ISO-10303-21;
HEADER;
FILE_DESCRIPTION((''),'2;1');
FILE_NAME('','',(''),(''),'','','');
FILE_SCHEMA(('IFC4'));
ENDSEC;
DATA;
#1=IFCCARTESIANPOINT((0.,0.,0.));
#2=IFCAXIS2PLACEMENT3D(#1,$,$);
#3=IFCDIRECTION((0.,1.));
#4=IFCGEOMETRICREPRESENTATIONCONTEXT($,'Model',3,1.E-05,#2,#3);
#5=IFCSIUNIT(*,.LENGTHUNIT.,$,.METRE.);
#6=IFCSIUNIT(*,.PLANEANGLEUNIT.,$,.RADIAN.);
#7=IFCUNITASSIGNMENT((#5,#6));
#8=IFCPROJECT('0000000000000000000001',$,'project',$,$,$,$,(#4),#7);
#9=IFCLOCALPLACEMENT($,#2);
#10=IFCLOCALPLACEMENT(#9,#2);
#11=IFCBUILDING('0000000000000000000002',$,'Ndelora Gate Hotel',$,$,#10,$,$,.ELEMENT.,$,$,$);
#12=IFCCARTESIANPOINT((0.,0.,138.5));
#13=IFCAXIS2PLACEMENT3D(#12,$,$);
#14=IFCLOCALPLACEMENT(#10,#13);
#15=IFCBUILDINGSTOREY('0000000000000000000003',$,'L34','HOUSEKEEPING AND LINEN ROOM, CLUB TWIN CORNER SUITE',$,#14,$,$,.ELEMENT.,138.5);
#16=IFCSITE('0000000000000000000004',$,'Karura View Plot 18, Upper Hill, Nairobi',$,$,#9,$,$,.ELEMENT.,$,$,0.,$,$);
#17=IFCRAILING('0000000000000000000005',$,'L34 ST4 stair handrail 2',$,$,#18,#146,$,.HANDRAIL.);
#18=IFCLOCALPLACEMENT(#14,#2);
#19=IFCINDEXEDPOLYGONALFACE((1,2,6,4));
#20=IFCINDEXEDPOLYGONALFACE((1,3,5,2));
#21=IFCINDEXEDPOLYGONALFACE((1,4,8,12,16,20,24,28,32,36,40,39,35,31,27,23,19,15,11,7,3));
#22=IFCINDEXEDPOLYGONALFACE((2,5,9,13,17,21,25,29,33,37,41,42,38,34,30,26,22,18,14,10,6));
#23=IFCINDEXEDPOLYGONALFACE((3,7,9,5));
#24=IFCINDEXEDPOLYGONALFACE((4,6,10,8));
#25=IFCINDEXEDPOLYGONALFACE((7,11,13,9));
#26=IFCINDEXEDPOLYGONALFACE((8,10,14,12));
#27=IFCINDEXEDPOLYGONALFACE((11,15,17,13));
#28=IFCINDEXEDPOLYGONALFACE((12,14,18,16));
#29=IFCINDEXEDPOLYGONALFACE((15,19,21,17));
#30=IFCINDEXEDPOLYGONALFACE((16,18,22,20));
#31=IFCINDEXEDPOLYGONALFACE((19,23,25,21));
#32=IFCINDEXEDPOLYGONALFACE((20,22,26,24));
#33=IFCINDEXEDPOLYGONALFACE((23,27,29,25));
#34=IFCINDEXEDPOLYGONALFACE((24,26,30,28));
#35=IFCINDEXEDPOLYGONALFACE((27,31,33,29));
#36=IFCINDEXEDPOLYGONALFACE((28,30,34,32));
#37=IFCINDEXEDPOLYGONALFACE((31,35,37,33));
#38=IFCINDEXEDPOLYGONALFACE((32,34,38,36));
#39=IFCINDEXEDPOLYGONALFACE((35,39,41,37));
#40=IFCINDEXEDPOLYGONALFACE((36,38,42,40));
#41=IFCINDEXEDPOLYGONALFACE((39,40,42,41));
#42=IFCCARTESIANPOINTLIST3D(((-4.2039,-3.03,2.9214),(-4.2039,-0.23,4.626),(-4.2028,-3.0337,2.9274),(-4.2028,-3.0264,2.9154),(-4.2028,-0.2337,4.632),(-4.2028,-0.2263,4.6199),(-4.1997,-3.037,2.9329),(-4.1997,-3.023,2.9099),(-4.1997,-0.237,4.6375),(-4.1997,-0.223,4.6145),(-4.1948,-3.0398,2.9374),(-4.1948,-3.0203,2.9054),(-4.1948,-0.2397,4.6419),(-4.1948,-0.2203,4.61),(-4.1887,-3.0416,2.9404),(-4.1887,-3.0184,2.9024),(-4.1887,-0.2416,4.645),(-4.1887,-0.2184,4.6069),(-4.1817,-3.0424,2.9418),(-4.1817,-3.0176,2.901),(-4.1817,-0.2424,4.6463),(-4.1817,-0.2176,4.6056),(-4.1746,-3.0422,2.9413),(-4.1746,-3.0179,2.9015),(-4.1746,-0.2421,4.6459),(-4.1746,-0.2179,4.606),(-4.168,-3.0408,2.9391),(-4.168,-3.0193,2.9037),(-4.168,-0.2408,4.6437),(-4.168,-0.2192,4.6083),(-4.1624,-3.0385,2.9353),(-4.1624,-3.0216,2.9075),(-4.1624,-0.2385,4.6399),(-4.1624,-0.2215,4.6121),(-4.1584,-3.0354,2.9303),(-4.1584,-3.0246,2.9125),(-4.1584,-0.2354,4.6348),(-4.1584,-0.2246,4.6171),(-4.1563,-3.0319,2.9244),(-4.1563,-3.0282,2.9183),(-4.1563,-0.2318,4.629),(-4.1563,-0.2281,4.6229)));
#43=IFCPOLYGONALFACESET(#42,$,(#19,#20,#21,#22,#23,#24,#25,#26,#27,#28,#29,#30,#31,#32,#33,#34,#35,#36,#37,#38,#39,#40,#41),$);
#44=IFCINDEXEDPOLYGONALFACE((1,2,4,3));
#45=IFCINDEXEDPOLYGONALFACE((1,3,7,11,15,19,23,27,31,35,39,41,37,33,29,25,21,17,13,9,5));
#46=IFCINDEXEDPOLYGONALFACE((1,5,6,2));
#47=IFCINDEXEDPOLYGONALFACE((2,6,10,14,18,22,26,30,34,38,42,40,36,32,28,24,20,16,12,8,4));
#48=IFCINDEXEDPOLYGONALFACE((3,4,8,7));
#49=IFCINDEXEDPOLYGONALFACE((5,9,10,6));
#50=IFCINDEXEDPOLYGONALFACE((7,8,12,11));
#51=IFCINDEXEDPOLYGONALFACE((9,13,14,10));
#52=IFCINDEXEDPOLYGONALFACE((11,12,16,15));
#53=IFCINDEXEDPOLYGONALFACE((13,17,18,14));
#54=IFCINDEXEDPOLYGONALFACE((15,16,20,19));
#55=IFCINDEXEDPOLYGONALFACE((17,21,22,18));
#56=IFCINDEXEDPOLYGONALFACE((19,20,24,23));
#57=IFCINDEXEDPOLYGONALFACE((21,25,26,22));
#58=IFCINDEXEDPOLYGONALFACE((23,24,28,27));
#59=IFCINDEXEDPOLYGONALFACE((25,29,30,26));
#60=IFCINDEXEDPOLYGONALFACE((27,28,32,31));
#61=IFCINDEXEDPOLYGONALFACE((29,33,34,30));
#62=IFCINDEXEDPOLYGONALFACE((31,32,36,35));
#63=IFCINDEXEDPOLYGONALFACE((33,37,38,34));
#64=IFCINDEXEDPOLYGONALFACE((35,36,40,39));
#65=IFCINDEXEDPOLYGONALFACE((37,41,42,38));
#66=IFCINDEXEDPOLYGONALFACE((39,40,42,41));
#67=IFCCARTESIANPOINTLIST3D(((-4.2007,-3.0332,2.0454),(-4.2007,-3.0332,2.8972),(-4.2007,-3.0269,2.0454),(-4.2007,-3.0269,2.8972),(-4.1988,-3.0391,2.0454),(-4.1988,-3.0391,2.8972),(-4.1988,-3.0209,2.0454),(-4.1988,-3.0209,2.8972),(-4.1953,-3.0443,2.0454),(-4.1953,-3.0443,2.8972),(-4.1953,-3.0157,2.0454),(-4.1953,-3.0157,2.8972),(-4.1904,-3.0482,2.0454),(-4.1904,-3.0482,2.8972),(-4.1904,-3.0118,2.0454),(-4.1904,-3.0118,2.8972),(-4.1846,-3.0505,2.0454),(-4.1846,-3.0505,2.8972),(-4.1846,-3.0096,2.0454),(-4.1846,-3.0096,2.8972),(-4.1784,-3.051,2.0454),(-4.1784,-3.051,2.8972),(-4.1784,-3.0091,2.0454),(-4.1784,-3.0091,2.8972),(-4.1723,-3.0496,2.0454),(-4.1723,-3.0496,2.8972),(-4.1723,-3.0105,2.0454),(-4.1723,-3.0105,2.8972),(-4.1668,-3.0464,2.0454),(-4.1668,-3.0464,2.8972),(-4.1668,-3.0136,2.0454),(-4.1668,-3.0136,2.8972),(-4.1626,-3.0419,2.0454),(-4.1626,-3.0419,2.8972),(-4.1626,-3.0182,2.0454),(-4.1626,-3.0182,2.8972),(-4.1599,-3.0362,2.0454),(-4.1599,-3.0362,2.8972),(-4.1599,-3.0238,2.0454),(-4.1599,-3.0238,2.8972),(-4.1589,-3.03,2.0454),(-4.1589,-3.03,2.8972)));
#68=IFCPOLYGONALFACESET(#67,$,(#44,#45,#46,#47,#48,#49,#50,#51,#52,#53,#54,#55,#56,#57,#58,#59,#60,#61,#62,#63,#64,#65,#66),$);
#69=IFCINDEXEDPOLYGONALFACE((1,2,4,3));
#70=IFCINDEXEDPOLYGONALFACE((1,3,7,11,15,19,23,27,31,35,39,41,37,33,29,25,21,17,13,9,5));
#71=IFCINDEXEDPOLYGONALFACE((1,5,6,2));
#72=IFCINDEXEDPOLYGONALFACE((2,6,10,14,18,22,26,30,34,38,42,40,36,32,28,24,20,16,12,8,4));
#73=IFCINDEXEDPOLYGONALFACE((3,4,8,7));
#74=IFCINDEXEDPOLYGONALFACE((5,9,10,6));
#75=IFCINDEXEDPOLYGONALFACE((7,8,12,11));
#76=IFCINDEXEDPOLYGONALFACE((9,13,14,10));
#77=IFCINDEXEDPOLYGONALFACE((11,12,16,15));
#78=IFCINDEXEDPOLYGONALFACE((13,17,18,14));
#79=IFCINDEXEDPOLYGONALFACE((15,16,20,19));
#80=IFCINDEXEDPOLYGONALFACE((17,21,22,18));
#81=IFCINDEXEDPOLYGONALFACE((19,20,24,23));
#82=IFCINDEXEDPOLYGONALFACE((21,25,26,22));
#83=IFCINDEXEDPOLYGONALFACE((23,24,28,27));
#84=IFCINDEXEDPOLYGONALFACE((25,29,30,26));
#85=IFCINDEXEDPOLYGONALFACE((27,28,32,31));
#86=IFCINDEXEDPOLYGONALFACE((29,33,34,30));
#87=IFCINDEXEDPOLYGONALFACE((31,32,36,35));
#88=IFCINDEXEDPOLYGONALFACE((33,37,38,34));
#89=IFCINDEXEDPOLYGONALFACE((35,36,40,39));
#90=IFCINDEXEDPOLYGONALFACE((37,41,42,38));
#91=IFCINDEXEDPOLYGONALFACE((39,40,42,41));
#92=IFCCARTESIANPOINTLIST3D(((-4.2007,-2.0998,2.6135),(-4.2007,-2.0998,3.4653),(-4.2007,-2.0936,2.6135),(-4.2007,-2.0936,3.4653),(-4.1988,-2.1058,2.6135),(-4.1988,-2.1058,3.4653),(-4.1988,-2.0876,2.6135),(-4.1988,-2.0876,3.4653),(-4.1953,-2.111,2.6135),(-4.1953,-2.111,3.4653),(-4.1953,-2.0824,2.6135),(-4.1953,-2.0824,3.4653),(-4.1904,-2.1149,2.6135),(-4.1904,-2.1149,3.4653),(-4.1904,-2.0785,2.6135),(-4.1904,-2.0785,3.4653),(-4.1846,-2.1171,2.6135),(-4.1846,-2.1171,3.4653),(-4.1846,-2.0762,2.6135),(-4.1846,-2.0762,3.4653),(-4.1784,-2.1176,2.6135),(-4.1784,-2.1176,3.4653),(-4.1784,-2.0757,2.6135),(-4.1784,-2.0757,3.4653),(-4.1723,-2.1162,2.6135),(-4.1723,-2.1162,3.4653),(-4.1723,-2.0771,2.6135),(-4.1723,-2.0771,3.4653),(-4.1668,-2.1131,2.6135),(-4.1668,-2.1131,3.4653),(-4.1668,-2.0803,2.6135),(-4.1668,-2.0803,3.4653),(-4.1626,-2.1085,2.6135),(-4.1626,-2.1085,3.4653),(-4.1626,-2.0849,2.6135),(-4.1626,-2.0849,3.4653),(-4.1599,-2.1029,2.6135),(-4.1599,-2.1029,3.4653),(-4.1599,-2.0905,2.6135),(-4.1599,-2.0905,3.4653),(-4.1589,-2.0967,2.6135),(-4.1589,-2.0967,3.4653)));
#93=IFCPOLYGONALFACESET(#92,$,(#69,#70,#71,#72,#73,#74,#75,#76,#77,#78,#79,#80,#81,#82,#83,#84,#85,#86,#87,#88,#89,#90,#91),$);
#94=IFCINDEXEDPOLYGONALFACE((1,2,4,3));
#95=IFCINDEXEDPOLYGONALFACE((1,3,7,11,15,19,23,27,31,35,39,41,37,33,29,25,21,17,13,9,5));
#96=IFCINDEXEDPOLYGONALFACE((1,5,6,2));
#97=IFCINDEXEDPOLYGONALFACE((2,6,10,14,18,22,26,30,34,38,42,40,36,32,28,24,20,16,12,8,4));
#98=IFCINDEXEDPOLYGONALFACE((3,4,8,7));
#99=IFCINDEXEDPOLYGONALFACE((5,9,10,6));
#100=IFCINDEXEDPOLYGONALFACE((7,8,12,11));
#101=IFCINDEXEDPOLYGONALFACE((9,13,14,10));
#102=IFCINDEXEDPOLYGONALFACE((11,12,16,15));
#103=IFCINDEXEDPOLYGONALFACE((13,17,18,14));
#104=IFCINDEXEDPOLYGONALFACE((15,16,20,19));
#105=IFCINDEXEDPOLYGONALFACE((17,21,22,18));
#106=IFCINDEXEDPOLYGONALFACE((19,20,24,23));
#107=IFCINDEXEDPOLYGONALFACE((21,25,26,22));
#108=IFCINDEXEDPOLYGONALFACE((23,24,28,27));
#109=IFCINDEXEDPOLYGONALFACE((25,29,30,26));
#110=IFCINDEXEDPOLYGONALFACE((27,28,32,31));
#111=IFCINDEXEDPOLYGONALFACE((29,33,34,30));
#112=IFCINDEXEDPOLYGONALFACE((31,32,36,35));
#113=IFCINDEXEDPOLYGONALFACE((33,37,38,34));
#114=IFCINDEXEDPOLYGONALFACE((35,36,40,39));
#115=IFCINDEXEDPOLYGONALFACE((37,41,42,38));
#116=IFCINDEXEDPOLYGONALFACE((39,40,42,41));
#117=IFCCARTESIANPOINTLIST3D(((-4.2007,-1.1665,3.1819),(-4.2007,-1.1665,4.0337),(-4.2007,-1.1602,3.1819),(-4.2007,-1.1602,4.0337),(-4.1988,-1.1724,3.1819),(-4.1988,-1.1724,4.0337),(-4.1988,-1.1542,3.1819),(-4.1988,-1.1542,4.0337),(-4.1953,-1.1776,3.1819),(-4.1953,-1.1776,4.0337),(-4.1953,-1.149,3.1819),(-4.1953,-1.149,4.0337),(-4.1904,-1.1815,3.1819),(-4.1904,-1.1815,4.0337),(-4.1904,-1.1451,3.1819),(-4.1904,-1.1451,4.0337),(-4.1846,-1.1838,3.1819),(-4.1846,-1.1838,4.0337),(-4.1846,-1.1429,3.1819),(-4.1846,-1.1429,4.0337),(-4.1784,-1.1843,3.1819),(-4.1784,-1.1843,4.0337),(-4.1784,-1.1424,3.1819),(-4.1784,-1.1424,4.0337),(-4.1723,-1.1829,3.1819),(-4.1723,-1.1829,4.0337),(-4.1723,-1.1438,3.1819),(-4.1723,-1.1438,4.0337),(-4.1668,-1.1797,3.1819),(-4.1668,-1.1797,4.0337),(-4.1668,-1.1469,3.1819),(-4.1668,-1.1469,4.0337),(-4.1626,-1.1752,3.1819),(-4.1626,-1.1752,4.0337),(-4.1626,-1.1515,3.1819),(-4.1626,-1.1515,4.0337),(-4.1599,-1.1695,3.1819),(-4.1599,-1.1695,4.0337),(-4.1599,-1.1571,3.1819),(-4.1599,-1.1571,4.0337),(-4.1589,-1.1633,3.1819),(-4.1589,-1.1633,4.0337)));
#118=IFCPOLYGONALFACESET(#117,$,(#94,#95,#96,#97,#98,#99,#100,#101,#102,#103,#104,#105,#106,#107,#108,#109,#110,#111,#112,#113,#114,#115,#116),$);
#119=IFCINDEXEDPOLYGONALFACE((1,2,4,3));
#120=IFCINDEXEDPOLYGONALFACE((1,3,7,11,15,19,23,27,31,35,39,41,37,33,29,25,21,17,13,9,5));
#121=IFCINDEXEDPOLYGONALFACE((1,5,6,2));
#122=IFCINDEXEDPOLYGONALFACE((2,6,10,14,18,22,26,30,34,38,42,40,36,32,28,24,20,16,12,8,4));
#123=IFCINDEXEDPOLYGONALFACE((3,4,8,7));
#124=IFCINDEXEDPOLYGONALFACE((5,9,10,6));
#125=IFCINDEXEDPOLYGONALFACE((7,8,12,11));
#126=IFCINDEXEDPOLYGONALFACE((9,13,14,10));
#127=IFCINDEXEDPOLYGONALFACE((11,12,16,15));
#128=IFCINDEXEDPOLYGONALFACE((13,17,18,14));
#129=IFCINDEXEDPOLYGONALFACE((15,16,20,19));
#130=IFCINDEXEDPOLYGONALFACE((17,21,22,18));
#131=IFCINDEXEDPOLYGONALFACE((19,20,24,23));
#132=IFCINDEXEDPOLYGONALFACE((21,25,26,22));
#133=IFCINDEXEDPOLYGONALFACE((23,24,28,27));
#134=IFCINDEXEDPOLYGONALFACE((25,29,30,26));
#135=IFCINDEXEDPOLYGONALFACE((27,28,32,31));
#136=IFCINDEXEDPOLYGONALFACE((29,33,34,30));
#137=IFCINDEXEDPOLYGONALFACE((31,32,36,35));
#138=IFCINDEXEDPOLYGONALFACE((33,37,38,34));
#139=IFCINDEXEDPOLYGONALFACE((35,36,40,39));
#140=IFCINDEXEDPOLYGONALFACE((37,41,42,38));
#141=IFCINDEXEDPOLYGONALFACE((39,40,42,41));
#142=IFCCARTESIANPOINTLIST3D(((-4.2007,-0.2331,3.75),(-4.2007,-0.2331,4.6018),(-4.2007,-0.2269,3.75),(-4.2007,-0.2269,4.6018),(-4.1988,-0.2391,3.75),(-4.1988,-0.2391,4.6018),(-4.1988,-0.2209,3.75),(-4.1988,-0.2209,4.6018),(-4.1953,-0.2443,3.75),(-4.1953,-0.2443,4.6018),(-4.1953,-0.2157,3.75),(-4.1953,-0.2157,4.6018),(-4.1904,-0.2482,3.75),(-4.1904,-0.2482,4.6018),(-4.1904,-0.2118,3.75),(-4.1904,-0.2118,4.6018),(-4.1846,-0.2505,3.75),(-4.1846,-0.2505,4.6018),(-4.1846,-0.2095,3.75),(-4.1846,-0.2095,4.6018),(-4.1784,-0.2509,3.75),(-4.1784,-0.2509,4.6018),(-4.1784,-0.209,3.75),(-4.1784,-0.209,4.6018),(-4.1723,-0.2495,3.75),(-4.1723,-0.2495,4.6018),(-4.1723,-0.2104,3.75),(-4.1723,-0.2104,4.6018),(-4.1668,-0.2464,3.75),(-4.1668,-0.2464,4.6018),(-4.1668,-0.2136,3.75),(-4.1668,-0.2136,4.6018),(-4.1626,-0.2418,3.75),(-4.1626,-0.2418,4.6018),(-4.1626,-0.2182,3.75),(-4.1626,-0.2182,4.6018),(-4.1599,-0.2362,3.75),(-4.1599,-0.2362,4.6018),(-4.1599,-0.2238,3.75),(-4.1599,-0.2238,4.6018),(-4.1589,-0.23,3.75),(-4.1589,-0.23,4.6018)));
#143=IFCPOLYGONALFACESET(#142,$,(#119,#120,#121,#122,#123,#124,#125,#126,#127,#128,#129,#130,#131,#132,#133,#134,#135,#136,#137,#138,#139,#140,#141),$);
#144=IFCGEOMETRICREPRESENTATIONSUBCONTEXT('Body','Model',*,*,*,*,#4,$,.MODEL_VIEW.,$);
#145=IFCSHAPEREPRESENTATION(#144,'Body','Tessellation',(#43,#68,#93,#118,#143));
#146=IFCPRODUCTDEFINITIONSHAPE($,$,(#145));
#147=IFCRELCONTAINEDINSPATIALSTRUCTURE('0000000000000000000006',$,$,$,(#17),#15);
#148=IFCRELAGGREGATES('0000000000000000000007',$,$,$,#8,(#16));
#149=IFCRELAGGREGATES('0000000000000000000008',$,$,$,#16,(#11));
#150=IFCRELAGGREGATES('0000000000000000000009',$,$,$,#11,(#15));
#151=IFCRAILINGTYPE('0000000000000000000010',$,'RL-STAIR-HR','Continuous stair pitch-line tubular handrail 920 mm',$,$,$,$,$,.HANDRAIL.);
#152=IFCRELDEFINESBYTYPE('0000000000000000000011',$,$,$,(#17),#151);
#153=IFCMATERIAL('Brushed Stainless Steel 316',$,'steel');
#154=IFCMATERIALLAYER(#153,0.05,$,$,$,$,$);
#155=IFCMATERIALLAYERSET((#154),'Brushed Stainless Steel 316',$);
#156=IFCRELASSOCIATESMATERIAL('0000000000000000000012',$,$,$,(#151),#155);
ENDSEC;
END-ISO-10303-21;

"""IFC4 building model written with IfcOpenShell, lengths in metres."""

from ifc_helpers import new_model, si_unit, direction, frame, origin, origin_2d, place, context, subcontext, project, spatial, circle, extrude, material, layer, layer_set, type_object, element, save


model = new_model("IFC4")

# Units and contexts
model_context = context("Model", 3, precision=1e-05, world=origin(), true_north=direction((0.0, 1.0)))
body_context = subcontext(model_context, "Body", "Model", "MODEL_VIEW")
ifc_project = project(units=[si_unit("LENGTHUNIT", "METRE"), si_unit("PLANEANGLEUNIT", "RADIAN")], contexts=[model_context])

# Site, building, storey
site_placement = place(None, origin())
site = spatial("IfcSite", under=ifc_project, at=site_placement, Name="Karura View Plot 18, Upper Hill, Nairobi", CompositionType="ELEMENT", RefElevation=0.0)
building_placement = place(site_placement, origin())
building = spatial("IfcBuilding", under=site, at=building_placement, Name="Ndelora Gate Hotel", CompositionType="ELEMENT")
storey_placement = place(building_placement, frame((0.0, 0.0, 138.5)))
storey = spatial("IfcBuildingStorey", under=building, at=storey_placement, Name="L34", Description="HOUSEKEEPING AND LINEN ROOM, CLUB TWIN CORNER SUITE", CompositionType="ELEMENT", Elevation=138.5)

# Railing
ifc_material_1 = material(Name="Brushed Stainless Steel 316", Category="steel")
ifc_layer_1 = layer(ifc_material_1, 0.05)
ifc_layer_set_1 = layer_set([ifc_layer_1], Name="Brushed Stainless Steel 316")
railing_type_1 = type_object("IfcRailingType", Name="RL-STAIR-HR", Description="Continuous stair pitch-line tubular handrail 920 mm", PredefinedType="HANDRAIL", material=ifc_layer_set_1)
railing_1_placement = place(storey_placement, frame((-4.1799, -3.03, 2.0454)))
element("IfcRailing", 1, at=railing_1_placement, inside=storey, type_object=railing_type_1, Name="L34 ST4 stair handrail 2", PredefinedType="HANDRAIL", context=body_context, shape_type="SweptSolid", body=[
    extrude(circle(Radius=0.0239, at=origin_2d()), frame((0.0, 0.0, 0.876), z_axis=(0.0, 0.85417, 0.519994), x_axis=(-1.0, 0.0, 0.0)), (0.0, 0.0, 1.0), 3.2781),
    extrude(circle(Radius=0.021, at=origin_2d()), origin(), (0.0, 0.0, 1.0), 0.8518),
    extrude(circle(Radius=0.021, at=origin_2d()), frame((0.0, 0.9333, 0.5681)), (0.0, 0.0, 1.0), 0.8518),
    extrude(circle(Radius=0.021, at=origin_2d()), frame((0.0, 1.8667, 1.1365)), (0.0, 0.0, 1.0), 0.8518),
    extrude(circle(Radius=0.021, at=origin_2d()), frame((0.0, 2.8, 1.7046)), (0.0, 0.0, 1.0), 0.8518),
])

save(model, "model.ifc")
